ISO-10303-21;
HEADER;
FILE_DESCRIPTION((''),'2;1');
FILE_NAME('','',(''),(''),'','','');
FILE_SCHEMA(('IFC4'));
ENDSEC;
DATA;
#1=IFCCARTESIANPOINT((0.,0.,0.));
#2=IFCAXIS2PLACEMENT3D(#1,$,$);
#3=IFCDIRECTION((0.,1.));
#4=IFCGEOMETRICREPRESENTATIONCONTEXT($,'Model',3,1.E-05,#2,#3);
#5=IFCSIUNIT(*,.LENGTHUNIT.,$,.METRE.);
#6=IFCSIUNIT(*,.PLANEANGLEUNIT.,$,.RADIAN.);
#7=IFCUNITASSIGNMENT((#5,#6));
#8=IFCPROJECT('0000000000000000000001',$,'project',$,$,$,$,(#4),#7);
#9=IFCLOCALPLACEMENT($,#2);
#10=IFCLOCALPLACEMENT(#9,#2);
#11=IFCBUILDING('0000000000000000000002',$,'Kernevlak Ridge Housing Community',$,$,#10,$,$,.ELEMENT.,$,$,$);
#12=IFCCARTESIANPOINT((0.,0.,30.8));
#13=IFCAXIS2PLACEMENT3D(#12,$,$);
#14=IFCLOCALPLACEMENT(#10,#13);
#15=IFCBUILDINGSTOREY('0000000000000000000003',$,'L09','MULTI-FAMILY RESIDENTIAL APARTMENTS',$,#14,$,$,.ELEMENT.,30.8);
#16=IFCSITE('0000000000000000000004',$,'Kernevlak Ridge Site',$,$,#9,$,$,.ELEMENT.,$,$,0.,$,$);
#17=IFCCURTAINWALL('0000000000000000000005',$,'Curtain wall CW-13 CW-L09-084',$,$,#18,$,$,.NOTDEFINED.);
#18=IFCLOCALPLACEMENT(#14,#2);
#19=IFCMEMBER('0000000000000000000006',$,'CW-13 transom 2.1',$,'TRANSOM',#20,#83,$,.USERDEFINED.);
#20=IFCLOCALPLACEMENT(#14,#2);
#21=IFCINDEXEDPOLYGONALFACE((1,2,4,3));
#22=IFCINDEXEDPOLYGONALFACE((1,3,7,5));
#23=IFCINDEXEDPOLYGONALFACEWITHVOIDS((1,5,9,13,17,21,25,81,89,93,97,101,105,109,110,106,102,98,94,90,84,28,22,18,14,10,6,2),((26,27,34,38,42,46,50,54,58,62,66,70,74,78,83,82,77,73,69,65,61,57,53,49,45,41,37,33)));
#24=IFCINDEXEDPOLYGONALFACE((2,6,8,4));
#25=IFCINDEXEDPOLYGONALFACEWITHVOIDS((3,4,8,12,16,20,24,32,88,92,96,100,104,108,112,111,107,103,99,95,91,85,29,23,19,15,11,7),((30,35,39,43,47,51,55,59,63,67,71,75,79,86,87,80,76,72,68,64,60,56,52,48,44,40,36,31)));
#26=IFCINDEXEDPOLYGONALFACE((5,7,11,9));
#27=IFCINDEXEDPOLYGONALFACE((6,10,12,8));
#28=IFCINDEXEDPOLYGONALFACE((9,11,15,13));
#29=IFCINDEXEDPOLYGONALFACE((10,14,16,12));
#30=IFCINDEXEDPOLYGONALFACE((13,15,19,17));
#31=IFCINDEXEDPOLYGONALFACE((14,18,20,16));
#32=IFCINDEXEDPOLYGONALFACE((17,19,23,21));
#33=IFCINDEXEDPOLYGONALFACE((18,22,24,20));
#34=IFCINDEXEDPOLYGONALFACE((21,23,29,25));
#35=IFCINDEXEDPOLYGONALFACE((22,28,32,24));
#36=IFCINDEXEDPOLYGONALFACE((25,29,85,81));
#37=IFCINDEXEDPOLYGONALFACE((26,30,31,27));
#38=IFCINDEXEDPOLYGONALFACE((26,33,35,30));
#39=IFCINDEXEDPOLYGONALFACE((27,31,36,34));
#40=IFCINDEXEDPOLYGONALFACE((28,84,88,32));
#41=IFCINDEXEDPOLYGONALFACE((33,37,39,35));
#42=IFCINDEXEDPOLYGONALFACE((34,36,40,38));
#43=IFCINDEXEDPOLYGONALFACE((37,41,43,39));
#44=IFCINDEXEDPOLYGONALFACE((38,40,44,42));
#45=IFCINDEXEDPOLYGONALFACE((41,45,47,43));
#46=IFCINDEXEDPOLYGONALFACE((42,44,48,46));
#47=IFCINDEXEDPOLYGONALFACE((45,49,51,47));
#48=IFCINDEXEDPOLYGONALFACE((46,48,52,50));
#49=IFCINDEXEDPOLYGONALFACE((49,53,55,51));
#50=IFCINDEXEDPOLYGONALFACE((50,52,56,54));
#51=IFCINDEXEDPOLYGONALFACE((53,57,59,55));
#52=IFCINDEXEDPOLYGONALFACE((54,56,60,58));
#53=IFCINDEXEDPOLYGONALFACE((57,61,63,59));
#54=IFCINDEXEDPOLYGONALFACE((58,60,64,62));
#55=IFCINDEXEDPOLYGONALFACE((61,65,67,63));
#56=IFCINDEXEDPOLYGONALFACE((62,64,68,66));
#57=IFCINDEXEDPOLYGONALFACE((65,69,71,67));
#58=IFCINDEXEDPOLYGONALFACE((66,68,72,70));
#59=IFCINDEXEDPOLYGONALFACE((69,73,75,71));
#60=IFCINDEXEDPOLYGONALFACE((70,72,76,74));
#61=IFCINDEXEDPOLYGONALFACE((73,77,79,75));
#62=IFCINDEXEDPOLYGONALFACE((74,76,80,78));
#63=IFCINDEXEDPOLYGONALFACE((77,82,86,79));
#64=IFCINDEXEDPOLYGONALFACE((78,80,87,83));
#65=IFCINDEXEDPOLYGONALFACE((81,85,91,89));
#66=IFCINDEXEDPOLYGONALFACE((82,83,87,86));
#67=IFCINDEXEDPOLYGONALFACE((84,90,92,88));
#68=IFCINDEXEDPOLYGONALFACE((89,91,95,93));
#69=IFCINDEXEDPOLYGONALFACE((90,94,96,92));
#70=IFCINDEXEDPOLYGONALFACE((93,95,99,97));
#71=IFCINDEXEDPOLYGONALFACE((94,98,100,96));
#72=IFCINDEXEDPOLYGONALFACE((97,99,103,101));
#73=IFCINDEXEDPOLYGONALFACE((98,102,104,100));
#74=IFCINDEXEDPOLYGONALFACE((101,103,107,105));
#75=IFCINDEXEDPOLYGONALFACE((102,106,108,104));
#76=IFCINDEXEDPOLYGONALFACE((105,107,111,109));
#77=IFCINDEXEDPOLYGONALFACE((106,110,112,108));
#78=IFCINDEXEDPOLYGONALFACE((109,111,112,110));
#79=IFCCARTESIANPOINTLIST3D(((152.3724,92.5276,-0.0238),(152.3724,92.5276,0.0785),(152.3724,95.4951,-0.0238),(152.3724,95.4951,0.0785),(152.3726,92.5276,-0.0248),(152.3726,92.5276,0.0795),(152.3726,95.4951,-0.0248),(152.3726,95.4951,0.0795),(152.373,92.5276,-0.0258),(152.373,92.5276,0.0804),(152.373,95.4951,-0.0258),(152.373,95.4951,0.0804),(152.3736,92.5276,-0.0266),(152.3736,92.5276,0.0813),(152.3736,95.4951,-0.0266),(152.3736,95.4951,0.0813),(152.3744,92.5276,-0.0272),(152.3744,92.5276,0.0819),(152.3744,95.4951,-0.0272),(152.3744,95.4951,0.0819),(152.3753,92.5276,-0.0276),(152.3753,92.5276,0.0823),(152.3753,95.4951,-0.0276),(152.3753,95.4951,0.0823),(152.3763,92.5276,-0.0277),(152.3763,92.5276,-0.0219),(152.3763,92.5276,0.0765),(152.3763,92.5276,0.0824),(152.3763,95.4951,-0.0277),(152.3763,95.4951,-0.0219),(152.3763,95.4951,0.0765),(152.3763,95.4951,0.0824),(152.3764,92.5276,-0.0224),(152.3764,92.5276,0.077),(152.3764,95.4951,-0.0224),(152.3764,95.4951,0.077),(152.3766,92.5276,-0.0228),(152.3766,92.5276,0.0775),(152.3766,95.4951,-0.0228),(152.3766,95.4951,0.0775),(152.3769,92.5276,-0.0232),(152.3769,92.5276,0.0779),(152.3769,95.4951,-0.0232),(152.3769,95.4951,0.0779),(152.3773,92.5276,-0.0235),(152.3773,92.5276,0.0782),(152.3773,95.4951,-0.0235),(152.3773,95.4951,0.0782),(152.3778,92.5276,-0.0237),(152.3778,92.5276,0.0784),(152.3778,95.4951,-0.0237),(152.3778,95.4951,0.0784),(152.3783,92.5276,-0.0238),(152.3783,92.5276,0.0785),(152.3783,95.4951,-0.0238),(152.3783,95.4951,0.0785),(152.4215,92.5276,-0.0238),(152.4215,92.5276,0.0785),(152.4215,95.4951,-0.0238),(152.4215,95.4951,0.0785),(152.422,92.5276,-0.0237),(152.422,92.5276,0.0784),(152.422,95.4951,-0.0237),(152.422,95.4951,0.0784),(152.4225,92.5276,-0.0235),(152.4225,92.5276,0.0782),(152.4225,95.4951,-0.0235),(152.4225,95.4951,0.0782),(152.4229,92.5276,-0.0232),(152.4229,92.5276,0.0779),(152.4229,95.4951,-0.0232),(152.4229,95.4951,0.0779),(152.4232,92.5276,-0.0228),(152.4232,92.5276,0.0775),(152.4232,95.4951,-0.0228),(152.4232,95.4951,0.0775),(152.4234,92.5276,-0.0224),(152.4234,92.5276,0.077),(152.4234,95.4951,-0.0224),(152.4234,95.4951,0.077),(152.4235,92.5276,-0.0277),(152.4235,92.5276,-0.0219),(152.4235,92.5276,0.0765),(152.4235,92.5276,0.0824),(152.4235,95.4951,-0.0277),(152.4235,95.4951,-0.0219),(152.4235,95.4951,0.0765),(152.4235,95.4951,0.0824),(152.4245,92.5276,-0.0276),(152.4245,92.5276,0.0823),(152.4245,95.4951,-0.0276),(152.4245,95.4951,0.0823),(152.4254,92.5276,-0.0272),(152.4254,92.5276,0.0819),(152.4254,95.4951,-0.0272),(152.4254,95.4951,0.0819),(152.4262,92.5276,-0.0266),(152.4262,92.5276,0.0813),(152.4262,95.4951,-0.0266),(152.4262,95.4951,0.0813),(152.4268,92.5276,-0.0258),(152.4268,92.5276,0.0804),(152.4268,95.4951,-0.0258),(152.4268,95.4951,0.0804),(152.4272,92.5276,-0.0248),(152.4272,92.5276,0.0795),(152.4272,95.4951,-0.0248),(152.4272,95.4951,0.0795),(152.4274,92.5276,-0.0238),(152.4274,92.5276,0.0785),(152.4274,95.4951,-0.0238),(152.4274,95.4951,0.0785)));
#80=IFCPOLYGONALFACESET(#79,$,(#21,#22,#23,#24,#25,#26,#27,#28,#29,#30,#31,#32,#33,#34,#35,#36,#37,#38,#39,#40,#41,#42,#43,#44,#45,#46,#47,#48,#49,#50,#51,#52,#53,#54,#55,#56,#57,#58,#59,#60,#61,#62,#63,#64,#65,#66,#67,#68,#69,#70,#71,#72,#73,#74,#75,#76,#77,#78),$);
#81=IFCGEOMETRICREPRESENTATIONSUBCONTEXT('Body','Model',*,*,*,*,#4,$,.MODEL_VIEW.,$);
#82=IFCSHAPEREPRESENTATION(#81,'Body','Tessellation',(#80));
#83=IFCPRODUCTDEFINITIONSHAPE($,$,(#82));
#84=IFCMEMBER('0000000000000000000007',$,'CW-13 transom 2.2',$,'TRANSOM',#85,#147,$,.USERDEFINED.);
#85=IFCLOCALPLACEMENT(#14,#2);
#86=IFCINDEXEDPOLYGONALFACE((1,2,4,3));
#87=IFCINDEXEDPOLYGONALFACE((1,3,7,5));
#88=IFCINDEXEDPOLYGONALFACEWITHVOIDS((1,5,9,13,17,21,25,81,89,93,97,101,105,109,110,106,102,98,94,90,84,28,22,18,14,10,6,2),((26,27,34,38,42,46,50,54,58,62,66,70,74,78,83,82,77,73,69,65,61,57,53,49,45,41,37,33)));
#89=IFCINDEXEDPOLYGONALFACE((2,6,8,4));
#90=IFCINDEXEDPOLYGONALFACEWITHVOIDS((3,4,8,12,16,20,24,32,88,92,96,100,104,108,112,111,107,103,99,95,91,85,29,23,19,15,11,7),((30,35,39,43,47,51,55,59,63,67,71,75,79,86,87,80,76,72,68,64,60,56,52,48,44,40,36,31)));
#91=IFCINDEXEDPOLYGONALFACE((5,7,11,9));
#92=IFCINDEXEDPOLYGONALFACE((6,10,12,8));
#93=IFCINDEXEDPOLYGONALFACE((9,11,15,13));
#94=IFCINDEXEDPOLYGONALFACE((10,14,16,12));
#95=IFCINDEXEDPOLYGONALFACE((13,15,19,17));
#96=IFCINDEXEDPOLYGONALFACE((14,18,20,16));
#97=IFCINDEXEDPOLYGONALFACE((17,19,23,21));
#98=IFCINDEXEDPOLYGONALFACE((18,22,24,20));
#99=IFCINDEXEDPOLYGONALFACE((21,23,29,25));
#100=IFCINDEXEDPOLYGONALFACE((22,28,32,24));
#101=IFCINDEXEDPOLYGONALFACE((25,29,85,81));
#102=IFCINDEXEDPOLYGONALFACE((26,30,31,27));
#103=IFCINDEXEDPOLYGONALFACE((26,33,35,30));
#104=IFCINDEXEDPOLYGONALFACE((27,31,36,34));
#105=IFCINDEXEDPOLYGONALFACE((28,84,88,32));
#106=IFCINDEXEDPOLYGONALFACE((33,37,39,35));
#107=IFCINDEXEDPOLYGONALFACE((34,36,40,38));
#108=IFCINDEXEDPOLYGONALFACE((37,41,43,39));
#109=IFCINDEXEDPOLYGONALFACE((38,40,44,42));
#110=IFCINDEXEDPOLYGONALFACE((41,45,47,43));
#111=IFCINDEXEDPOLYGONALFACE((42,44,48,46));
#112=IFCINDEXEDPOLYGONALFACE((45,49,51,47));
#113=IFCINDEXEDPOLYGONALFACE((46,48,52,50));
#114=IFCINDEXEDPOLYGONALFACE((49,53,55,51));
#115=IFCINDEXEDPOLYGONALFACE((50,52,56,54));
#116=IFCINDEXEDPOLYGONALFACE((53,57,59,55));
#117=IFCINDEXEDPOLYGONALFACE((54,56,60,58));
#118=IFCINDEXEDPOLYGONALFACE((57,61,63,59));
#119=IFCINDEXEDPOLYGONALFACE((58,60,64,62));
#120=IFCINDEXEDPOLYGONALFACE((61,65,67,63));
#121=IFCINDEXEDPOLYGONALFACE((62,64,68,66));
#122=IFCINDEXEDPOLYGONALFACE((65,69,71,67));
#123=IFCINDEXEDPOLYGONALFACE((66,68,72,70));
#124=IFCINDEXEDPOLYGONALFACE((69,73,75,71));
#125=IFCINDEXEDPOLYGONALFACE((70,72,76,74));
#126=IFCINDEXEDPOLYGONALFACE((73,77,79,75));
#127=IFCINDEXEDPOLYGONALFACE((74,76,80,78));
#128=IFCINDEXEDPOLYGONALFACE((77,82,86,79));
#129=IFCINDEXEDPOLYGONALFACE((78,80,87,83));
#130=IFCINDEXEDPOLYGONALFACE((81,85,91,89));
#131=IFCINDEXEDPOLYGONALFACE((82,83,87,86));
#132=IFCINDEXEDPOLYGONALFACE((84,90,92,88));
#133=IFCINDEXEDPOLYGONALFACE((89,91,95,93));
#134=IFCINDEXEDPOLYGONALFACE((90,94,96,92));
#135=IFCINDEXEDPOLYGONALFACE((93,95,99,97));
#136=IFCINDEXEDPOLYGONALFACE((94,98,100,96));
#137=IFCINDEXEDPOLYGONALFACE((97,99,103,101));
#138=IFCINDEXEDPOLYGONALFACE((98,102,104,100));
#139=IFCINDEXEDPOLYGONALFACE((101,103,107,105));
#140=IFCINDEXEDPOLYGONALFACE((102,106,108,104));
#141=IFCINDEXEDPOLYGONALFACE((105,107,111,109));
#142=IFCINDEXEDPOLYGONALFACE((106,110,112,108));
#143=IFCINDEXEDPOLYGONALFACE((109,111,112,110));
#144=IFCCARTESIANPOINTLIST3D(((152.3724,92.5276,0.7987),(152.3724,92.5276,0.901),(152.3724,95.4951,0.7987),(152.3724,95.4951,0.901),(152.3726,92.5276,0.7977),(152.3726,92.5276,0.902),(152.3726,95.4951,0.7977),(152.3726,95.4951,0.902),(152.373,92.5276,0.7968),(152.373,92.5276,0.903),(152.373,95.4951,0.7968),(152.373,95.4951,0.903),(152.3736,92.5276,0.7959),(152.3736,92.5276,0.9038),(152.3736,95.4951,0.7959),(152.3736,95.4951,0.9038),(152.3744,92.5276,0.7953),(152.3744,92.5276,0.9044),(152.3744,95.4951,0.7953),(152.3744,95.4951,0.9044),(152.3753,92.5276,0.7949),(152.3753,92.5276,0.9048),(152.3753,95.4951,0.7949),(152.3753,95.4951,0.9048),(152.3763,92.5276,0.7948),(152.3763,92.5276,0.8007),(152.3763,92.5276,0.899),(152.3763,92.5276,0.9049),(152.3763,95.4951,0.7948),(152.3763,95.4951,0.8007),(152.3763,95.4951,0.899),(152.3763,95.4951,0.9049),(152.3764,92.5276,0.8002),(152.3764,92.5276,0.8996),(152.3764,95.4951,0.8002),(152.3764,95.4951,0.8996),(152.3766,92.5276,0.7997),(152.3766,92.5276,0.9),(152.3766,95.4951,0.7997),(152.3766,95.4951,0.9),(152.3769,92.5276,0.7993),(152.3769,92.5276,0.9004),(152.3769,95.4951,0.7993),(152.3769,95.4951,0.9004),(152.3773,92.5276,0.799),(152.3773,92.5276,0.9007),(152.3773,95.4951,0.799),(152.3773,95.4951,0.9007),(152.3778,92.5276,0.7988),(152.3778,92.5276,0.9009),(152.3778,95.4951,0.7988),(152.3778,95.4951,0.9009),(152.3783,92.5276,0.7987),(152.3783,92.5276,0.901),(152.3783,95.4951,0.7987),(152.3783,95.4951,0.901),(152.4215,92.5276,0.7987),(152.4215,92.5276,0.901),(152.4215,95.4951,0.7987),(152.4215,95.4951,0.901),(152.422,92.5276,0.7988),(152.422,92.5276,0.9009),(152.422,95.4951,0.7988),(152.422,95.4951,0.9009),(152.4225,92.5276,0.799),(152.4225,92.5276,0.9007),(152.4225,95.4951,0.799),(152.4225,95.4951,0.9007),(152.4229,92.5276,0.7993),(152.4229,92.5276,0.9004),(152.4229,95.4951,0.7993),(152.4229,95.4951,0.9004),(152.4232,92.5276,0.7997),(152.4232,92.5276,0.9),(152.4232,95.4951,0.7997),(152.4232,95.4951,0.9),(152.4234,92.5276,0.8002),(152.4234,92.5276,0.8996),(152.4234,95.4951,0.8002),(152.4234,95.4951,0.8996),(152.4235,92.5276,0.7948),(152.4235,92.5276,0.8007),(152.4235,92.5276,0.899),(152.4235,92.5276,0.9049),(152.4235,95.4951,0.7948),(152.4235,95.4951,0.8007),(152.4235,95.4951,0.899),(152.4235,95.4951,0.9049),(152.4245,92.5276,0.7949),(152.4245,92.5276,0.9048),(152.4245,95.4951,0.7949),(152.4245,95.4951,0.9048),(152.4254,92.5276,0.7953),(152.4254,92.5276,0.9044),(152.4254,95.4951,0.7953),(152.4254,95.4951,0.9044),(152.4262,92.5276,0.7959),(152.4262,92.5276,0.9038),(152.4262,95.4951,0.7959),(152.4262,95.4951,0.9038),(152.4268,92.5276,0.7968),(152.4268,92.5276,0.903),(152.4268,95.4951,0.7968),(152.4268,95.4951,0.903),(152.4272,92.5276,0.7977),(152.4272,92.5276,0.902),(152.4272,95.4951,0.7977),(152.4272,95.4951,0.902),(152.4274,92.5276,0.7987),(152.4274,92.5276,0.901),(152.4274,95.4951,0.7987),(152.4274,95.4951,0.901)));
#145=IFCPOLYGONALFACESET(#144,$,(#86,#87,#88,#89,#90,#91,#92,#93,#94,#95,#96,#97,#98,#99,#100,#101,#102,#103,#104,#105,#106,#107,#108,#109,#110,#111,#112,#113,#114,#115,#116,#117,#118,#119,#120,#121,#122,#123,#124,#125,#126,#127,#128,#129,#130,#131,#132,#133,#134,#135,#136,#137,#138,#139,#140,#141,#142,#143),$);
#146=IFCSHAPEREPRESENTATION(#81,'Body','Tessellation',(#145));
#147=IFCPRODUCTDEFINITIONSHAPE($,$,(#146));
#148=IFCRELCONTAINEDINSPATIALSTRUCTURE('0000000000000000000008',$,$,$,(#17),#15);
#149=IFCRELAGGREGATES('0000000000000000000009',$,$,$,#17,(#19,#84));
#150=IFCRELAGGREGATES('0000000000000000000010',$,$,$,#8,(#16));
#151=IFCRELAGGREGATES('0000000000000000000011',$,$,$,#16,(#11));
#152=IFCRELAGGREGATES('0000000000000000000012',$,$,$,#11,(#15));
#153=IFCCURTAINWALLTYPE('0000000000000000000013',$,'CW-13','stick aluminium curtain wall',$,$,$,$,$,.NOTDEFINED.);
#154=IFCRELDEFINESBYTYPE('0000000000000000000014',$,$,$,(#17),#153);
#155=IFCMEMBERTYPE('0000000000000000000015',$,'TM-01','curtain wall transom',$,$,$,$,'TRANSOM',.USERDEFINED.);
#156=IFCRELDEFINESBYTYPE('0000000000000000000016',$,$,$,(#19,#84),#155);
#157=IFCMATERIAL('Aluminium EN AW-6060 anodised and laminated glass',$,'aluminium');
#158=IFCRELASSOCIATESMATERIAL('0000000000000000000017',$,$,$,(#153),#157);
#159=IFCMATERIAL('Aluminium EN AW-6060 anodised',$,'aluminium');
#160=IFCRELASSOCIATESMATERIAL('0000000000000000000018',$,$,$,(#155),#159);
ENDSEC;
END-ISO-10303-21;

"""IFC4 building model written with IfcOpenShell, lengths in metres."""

from ifc_helpers import new_model, si_unit, direction, frame, origin, origin_2d, place, context, subcontext, project, spatial, hollow_rectangle, extrude, material, material_profile, profile_set, type_object, element, aggregate, save


model = new_model("IFC4")

# Units and contexts
model_context = context("Model", 3, precision=1e-05, world=origin(), true_north=direction((0.0, 1.0)))
body_context = subcontext(model_context, "Body", "Model", "MODEL_VIEW")
ifc_project = project(units=[si_unit("LENGTHUNIT", "METRE"), si_unit("PLANEANGLEUNIT", "RADIAN")], contexts=[model_context])

# Site, building, storey
site_placement = place(None, origin())
site = spatial("IfcSite", under=ifc_project, at=site_placement, Name="Kernevlak Ridge Site", CompositionType="ELEMENT", RefElevation=0.0)
building_placement = place(site_placement, origin())
building = spatial("IfcBuilding", under=site, at=building_placement, Name="Kernevlak Ridge Housing Community", CompositionType="ELEMENT")
storey_placement = place(building_placement, frame((0.0, 0.0, 30.8)))
storey = spatial("IfcBuildingStorey", under=building, at=storey_placement, Name="L09", Description="MULTI-FAMILY RESIDENTIAL APARTMENTS", CompositionType="ELEMENT", Elevation=30.8)

# Curtain wall
ifc_material_1 = material(Name="Aluminium EN AW-6060 anodised and laminated glass", Category="aluminium")
curtain_wall_type = type_object("IfcCurtainWallType", Name="CW-13", Description="stick aluminium curtain wall", PredefinedType="NOTDEFINED", material=ifc_material_1)
curtain_wall_placement = place(storey_placement, origin())
curtain_wall = element("IfcCurtainWall", 1, at=curtain_wall_placement, inside=storey, type_object=curtain_wall_type, Name="Curtain wall CW-13 CW-L09-084", PredefinedType="NOTDEFINED")
ifc_material_2 = material(Name="Aluminium EN AW-6060 anodised", Category="aluminium")

# Members
ifc_material_profile_1 = material_profile(ifc_material_2, hollow_rectangle(XDim=0.0549, YDim=0.1101, WallThickness=0.0039, InnerFilletRadius=0.002, OuterFilletRadius=0.0039, at=origin_2d()), Name="ALU 55x110x4")
ifc_profile_set_1 = profile_set([ifc_material_profile_1], Name="Aluminium EN AW-6060 anodised")
member_type_1 = type_object("IfcMemberType", Name="TM-01", Description="curtain wall transom", ElementType="TRANSOM", PredefinedType="USERDEFINED", material=ifc_profile_set_1)
member_1_placement = place(storey_placement, frame((152.3999, 92.5276, 0.0273), z_axis=(0.0, 1.0, 0.0), x_axis=(-1.0, 0.0, 0.0)))
member_1 = element("IfcMember", 2, at=member_1_placement, type_object=member_type_1, Name="CW-13 transom 2.1", ObjectType="TRANSOM", PredefinedType="USERDEFINED", context=body_context, shape_type="SweptSolid", body=[
    extrude(hollow_rectangle(XDim=0.0549, YDim=0.1101, WallThickness=0.0039, InnerFilletRadius=0.002, OuterFilletRadius=0.0039, at=origin_2d()), origin(), (0.0, 0.0, 1.0), 2.9675),
])
member_2_placement = place(storey_placement, frame((152.3999, 92.5276, 0.8499), z_axis=(0.0, 1.0, 0.0), x_axis=(-1.0, 0.0, 0.0)))
member_2 = element("IfcMember", 3, at=member_2_placement, type_object=member_type_1, Name="CW-13 transom 2.2", ObjectType="TRANSOM", PredefinedType="USERDEFINED", context=body_context, shape_type="SweptSolid", body=[
    extrude(hollow_rectangle(XDim=0.0549, YDim=0.1101, WallThickness=0.0039, InnerFilletRadius=0.002, OuterFilletRadius=0.0039, at=origin_2d()), origin(), (0.0, 0.0, 1.0), 2.9675),
])

aggregate(curtain_wall, [member_1, member_2])

save(model, "model.ifc")
